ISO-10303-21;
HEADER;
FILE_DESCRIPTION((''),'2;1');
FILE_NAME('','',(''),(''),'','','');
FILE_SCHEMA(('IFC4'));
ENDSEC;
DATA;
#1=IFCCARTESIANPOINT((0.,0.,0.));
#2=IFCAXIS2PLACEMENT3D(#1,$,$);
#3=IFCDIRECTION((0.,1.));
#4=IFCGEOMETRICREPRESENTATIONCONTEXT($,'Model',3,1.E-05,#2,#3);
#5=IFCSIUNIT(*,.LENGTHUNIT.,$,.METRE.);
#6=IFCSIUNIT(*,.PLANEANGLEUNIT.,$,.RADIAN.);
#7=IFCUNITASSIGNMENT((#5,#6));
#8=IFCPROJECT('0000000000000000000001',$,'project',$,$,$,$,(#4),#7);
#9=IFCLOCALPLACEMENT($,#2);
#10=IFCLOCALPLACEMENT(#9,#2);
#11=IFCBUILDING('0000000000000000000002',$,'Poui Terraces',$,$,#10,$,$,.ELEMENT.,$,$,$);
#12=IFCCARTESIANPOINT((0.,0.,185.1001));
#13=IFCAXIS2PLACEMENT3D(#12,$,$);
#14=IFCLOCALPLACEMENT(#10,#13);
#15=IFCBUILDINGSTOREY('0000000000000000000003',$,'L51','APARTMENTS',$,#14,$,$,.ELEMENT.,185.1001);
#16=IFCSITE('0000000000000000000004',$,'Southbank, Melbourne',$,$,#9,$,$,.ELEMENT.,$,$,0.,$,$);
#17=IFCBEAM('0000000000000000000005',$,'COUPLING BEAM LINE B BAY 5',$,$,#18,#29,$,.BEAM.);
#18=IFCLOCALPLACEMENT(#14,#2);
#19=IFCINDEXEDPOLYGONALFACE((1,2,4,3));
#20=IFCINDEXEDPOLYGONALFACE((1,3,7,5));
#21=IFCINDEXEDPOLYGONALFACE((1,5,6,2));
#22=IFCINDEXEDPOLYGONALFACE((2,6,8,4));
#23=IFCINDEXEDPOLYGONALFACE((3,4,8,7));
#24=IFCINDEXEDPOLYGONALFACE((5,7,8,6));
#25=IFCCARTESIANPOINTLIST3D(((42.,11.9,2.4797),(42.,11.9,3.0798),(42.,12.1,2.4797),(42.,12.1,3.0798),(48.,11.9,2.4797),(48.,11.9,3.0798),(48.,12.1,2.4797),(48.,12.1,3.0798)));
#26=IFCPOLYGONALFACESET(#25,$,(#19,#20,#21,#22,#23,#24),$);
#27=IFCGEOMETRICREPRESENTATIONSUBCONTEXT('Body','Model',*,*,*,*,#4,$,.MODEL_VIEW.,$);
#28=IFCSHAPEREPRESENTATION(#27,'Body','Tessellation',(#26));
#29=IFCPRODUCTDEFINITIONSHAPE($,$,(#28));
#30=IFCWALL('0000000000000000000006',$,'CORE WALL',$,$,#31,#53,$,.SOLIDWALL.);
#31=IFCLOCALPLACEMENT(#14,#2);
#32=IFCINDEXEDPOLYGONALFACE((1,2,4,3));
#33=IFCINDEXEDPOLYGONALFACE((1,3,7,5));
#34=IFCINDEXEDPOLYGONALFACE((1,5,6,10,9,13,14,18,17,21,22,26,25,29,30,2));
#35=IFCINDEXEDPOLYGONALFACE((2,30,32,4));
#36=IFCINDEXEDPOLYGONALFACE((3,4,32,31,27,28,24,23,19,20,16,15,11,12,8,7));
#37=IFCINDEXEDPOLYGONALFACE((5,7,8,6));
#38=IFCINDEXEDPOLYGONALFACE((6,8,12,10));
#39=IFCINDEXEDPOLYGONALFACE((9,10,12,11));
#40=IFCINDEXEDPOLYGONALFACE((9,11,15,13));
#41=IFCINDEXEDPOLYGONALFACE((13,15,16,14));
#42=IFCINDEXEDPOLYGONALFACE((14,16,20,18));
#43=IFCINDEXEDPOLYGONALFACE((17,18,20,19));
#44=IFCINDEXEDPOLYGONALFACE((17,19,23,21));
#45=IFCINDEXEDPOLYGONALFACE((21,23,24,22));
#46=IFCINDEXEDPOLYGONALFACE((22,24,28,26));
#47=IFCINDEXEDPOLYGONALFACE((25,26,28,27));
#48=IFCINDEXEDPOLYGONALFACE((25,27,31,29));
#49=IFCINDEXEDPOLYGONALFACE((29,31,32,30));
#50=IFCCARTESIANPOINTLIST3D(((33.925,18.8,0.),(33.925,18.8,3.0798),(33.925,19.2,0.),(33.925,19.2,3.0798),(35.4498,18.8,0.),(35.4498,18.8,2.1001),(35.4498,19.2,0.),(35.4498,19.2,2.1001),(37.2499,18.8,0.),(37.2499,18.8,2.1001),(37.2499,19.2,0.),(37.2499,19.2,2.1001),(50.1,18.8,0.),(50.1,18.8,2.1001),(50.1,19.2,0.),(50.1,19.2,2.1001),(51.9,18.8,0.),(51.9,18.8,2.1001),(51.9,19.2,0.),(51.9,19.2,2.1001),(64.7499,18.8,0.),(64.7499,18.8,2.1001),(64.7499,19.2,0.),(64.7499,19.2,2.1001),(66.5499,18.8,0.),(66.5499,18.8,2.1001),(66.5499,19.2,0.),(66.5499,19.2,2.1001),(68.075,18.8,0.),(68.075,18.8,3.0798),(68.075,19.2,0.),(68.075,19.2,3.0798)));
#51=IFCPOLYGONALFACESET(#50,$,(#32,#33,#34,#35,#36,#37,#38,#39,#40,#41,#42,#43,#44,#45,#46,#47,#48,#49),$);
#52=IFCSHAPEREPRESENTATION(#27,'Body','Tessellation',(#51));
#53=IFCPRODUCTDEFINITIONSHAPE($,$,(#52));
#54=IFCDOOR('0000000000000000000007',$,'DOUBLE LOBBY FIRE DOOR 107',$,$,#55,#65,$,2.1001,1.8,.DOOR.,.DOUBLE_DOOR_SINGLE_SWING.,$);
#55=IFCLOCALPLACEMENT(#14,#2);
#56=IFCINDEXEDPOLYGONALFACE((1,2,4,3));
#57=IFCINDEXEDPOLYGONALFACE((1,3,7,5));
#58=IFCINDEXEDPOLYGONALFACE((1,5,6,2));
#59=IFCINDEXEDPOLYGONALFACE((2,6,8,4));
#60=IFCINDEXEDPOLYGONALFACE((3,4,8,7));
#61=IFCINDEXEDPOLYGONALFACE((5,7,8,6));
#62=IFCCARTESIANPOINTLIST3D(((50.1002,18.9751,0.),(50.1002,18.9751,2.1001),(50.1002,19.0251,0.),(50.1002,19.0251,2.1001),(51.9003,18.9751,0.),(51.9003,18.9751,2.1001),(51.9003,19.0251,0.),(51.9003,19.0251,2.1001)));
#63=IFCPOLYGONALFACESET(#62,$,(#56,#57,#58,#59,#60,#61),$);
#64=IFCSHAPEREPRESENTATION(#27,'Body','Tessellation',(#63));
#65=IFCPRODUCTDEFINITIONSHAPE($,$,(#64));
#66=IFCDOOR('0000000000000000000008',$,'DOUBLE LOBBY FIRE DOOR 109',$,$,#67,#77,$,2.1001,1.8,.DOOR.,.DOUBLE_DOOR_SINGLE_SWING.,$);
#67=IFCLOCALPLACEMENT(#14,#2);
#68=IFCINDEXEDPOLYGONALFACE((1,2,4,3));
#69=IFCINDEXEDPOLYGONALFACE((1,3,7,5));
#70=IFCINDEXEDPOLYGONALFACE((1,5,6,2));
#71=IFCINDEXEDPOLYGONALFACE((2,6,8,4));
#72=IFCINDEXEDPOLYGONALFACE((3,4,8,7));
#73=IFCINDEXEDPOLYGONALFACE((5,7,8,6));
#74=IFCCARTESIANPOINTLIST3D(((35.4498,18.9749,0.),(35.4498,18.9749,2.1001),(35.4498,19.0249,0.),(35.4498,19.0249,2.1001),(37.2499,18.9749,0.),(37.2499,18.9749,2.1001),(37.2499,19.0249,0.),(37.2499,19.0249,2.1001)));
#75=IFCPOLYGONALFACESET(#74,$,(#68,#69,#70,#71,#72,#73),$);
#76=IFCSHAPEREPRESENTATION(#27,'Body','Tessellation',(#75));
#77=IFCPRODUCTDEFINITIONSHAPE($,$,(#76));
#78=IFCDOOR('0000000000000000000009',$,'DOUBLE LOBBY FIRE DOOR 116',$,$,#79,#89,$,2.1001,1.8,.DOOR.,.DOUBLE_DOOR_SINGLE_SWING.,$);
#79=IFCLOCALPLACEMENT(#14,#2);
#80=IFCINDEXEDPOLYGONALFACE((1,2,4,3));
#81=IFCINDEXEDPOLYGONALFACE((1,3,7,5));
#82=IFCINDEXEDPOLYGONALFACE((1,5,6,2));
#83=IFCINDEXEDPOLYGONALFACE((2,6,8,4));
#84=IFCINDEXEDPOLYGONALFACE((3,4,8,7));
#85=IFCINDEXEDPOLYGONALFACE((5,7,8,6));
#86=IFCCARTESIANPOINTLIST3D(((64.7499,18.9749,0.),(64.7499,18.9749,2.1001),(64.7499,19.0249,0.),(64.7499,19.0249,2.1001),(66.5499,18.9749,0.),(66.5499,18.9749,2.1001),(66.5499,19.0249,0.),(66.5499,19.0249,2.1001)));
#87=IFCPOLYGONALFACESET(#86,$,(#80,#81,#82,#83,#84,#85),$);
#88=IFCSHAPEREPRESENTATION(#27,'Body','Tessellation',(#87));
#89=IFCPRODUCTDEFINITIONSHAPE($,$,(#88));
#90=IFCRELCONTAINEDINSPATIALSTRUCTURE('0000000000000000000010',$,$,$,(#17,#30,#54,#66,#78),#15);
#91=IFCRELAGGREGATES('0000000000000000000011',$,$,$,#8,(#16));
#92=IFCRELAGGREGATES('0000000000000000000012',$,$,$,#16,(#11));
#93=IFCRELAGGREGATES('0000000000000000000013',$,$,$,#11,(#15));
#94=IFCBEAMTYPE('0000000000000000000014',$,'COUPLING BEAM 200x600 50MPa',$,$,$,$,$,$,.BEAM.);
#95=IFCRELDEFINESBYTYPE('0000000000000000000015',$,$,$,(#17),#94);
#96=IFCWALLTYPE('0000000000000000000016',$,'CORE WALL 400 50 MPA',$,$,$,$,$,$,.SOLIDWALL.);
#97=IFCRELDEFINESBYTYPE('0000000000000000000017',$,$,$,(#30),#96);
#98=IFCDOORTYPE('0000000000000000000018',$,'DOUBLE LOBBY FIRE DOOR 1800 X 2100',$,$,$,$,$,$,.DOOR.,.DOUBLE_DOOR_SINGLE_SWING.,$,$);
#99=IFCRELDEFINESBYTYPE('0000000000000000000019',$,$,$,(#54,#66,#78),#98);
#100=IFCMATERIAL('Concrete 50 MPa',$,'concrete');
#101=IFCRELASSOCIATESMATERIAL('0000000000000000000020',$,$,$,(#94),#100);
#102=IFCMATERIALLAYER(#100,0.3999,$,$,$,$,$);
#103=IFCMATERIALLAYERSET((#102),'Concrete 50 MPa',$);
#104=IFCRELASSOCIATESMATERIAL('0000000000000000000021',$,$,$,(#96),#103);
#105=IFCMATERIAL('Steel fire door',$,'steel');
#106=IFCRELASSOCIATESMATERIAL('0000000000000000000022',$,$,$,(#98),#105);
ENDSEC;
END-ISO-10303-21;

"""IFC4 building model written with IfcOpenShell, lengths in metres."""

from ifc_helpers import new_model, si_unit, direction, frame, frame_2d, origin, origin_2d, place, context, subcontext, project, spatial, rectangle, extrude, source, transform, mapped, material, layer, layer_set, material_profile, profile_set, type_object, element, fill, save


model = new_model("IFC4")

# Units and contexts
model_context = context("Model", 3, precision=1e-05, world=origin(), true_north=direction((0.0, 1.0)))
body_context = subcontext(model_context, "Body", "Model", "MODEL_VIEW")
ifc_project = project(units=[si_unit("LENGTHUNIT", "METRE"), si_unit("PLANEANGLEUNIT", "RADIAN")], contexts=[model_context])

# Site, building, storey
site_placement = place(None, origin())
site = spatial("IfcSite", under=ifc_project, at=site_placement, Name="Southbank, Melbourne", CompositionType="ELEMENT", RefElevation=0.0)
building_placement = place(site_placement, origin())
building = spatial("IfcBuilding", under=site, at=building_placement, Name="Poui Terraces", CompositionType="ELEMENT")
storey_placement = place(building_placement, frame((0.0, 0.0, 185.1001)))
storey = spatial("IfcBuildingStorey", under=building, at=storey_placement, Name="L51", Description="APARTMENTS", CompositionType="ELEMENT", Elevation=185.1001)

# Beam
ifc_material_1 = material(Name="Concrete 50 MPa", Category="concrete")
ifc_material_profile = material_profile(ifc_material_1, rectangle(XDim=0.2, YDim=0.6001, at=origin_2d()), Name="RC 200x600")
ifc_profile_set = profile_set([ifc_material_profile], Name="Concrete 50 MPa")
beam_type = type_object("IfcBeamType", Name="COUPLING BEAM 200x600 50MPa", PredefinedType="BEAM", material=ifc_profile_set)
shared_shape = source(origin(), body_context, "Body", "SweptSolid", [
    extrude(rectangle(XDim=0.2, YDim=0.6001, at=origin_2d()), origin(), (0.0, 0.0, 1.0), 6.0),
])
beam_placement = place(storey_placement, frame((42.0, 12.0, 2.7798), z_axis=(1.0, 0.0, 0.0), x_axis=(0.0, 1.0, 0.0)))
element("IfcBeam", 1, at=beam_placement, inside=storey, type_object=beam_type, Name="COUPLING BEAM LINE B BAY 5", PredefinedType="BEAM", context=body_context, shape_type="MappedRepresentation", body=[
    mapped(shared_shape, transform((0.0, 0.0, 0.0))),
])

# Wall, openings, doors
ifc_layer_1 = layer(ifc_material_1, 0.3999)
ifc_layer_set_1 = layer_set([ifc_layer_1], Name="Concrete 50 MPa")
wall_type_1 = type_object("IfcWallType", Name="CORE WALL 400 50 MPA", PredefinedType="SOLIDWALL", material=ifc_layer_set_1)
wall_1_placement = place(storey_placement, frame((33.925, 19.0, 0.0), z_axis=(0.0, 0.0, 1.0), x_axis=(1.0, 0.0, 0.0)))
wall_1 = element("IfcWall", 2, at=wall_1_placement, inside=storey, type_object=wall_type_1, Name="CORE WALL", PredefinedType="SOLIDWALL", context=body_context, shape_type="SweptSolid", body=[
    extrude(rectangle(XDim=34.1499, YDim=0.3999, at=frame_2d((17.075, 0.0))), origin(), (0.0, 0.0, 1.0), 3.0798),
])
opening_1_placement = place(wall_1_placement, frame((16.175, 0.0, 0.0)))
opening_1 = element("IfcOpeningElement", 3, at=opening_1_placement, cuts=wall_1, PredefinedType="OPENING", context=body_context, shape_type="SweptSolid", body=[
    extrude(rectangle(XDim=1.8, YDim=2.1001, at=frame_2d((0.8999, 1.05))), frame((0.0, 0.21, 0.0), z_axis=(0.0, -1.0, 0.0), x_axis=(1.0, 0.0, 0.0)), (0.0, 0.0, 1.0), 0.4199),
])
opening_2_placement = place(wall_1_placement, frame((1.5249, 0.0, 0.0)))
opening_2 = element("IfcOpeningElement", 4, at=opening_2_placement, cuts=wall_1, PredefinedType="OPENING", context=body_context, shape_type="SweptSolid", body=[
    extrude(rectangle(XDim=1.8, YDim=2.1001, at=frame_2d((0.8999, 1.05))), frame((0.0, 0.21, 0.0), z_axis=(0.0, -1.0, 0.0), x_axis=(1.0, 0.0, 0.0)), (0.0, 0.0, 1.0), 0.4199),
])
opening_3_placement = place(wall_1_placement, frame((30.825, 0.0, 0.0)))
opening_3 = element("IfcOpeningElement", 5, at=opening_3_placement, cuts=wall_1, PredefinedType="OPENING", context=body_context, shape_type="SweptSolid", body=[
    extrude(rectangle(XDim=1.8, YDim=2.1001, at=frame_2d((0.8999, 1.05))), frame((0.0, 0.21, 0.0), z_axis=(0.0, -1.0, 0.0), x_axis=(1.0, 0.0, 0.0)), (0.0, 0.0, 1.0), 0.4199),
])
ifc_material_2 = material(Name="Steel fire door", Category="steel")
door_type_1 = type_object("IfcDoorType", Name="DOUBLE LOBBY FIRE DOOR 1800 X 2100", OperationType="DOUBLE_DOOR_SINGLE_SWING", PredefinedType="DOOR", material=ifc_material_2)
door_1_placement = place(opening_1_placement, frame((1.8, 0.0, 0.0), z_axis=(0.0, 0.0, 1.0), x_axis=(-1.0, 0.0, 0.0)))
door_1 = element("IfcDoor", 6, at=door_1_placement, inside=storey, type_object=door_type_1, Name="DOUBLE LOBBY FIRE DOOR 107", OperationType="DOUBLE_DOOR_SINGLE_SWING", OverallHeight=2.1001, OverallWidth=1.8, PredefinedType="DOOR", context=body_context, shape_type="SweptSolid", body=[
    extrude(rectangle(XDim=1.8, YDim=2.1001, at=frame_2d((0.8999, 1.05))), frame((0.0, 0.0249, 0.0), z_axis=(0.0, -1.0, 0.0), x_axis=(1.0, 0.0, 0.0)), (0.0, 0.0, 1.0), 0.05),
])
fill(opening_1, door_1)
door_2_placement = place(opening_2_placement, origin())
door_2 = element("IfcDoor", 7, at=door_2_placement, inside=storey, type_object=door_type_1, Name="DOUBLE LOBBY FIRE DOOR 109", OperationType="DOUBLE_DOOR_SINGLE_SWING", OverallHeight=2.1001, OverallWidth=1.8, PredefinedType="DOOR", context=body_context, shape_type="SweptSolid", body=[
    extrude(rectangle(XDim=1.8, YDim=2.1001, at=frame_2d((0.8999, 1.05))), frame((0.0, 0.0249, 0.0), z_axis=(0.0, -1.0, 0.0), x_axis=(1.0, 0.0, 0.0)), (0.0, 0.0, 1.0), 0.05),
])
fill(opening_2, door_2)
door_3_placement = place(opening_3_placement, origin())
door_3 = element("IfcDoor", 8, at=door_3_placement, inside=storey, type_object=door_type_1, Name="DOUBLE LOBBY FIRE DOOR 116", OperationType="DOUBLE_DOOR_SINGLE_SWING", OverallHeight=2.1001, OverallWidth=1.8, PredefinedType="DOOR", context=body_context, shape_type="SweptSolid", body=[
    extrude(rectangle(XDim=1.8, YDim=2.1001, at=frame_2d((0.8999, 1.05))), frame((0.0, 0.0249, 0.0), z_axis=(0.0, -1.0, 0.0), x_axis=(1.0, 0.0, 0.0)), (0.0, 0.0, 1.0), 0.05),
])
fill(opening_3, door_3)

save(model, "model.ifc")
